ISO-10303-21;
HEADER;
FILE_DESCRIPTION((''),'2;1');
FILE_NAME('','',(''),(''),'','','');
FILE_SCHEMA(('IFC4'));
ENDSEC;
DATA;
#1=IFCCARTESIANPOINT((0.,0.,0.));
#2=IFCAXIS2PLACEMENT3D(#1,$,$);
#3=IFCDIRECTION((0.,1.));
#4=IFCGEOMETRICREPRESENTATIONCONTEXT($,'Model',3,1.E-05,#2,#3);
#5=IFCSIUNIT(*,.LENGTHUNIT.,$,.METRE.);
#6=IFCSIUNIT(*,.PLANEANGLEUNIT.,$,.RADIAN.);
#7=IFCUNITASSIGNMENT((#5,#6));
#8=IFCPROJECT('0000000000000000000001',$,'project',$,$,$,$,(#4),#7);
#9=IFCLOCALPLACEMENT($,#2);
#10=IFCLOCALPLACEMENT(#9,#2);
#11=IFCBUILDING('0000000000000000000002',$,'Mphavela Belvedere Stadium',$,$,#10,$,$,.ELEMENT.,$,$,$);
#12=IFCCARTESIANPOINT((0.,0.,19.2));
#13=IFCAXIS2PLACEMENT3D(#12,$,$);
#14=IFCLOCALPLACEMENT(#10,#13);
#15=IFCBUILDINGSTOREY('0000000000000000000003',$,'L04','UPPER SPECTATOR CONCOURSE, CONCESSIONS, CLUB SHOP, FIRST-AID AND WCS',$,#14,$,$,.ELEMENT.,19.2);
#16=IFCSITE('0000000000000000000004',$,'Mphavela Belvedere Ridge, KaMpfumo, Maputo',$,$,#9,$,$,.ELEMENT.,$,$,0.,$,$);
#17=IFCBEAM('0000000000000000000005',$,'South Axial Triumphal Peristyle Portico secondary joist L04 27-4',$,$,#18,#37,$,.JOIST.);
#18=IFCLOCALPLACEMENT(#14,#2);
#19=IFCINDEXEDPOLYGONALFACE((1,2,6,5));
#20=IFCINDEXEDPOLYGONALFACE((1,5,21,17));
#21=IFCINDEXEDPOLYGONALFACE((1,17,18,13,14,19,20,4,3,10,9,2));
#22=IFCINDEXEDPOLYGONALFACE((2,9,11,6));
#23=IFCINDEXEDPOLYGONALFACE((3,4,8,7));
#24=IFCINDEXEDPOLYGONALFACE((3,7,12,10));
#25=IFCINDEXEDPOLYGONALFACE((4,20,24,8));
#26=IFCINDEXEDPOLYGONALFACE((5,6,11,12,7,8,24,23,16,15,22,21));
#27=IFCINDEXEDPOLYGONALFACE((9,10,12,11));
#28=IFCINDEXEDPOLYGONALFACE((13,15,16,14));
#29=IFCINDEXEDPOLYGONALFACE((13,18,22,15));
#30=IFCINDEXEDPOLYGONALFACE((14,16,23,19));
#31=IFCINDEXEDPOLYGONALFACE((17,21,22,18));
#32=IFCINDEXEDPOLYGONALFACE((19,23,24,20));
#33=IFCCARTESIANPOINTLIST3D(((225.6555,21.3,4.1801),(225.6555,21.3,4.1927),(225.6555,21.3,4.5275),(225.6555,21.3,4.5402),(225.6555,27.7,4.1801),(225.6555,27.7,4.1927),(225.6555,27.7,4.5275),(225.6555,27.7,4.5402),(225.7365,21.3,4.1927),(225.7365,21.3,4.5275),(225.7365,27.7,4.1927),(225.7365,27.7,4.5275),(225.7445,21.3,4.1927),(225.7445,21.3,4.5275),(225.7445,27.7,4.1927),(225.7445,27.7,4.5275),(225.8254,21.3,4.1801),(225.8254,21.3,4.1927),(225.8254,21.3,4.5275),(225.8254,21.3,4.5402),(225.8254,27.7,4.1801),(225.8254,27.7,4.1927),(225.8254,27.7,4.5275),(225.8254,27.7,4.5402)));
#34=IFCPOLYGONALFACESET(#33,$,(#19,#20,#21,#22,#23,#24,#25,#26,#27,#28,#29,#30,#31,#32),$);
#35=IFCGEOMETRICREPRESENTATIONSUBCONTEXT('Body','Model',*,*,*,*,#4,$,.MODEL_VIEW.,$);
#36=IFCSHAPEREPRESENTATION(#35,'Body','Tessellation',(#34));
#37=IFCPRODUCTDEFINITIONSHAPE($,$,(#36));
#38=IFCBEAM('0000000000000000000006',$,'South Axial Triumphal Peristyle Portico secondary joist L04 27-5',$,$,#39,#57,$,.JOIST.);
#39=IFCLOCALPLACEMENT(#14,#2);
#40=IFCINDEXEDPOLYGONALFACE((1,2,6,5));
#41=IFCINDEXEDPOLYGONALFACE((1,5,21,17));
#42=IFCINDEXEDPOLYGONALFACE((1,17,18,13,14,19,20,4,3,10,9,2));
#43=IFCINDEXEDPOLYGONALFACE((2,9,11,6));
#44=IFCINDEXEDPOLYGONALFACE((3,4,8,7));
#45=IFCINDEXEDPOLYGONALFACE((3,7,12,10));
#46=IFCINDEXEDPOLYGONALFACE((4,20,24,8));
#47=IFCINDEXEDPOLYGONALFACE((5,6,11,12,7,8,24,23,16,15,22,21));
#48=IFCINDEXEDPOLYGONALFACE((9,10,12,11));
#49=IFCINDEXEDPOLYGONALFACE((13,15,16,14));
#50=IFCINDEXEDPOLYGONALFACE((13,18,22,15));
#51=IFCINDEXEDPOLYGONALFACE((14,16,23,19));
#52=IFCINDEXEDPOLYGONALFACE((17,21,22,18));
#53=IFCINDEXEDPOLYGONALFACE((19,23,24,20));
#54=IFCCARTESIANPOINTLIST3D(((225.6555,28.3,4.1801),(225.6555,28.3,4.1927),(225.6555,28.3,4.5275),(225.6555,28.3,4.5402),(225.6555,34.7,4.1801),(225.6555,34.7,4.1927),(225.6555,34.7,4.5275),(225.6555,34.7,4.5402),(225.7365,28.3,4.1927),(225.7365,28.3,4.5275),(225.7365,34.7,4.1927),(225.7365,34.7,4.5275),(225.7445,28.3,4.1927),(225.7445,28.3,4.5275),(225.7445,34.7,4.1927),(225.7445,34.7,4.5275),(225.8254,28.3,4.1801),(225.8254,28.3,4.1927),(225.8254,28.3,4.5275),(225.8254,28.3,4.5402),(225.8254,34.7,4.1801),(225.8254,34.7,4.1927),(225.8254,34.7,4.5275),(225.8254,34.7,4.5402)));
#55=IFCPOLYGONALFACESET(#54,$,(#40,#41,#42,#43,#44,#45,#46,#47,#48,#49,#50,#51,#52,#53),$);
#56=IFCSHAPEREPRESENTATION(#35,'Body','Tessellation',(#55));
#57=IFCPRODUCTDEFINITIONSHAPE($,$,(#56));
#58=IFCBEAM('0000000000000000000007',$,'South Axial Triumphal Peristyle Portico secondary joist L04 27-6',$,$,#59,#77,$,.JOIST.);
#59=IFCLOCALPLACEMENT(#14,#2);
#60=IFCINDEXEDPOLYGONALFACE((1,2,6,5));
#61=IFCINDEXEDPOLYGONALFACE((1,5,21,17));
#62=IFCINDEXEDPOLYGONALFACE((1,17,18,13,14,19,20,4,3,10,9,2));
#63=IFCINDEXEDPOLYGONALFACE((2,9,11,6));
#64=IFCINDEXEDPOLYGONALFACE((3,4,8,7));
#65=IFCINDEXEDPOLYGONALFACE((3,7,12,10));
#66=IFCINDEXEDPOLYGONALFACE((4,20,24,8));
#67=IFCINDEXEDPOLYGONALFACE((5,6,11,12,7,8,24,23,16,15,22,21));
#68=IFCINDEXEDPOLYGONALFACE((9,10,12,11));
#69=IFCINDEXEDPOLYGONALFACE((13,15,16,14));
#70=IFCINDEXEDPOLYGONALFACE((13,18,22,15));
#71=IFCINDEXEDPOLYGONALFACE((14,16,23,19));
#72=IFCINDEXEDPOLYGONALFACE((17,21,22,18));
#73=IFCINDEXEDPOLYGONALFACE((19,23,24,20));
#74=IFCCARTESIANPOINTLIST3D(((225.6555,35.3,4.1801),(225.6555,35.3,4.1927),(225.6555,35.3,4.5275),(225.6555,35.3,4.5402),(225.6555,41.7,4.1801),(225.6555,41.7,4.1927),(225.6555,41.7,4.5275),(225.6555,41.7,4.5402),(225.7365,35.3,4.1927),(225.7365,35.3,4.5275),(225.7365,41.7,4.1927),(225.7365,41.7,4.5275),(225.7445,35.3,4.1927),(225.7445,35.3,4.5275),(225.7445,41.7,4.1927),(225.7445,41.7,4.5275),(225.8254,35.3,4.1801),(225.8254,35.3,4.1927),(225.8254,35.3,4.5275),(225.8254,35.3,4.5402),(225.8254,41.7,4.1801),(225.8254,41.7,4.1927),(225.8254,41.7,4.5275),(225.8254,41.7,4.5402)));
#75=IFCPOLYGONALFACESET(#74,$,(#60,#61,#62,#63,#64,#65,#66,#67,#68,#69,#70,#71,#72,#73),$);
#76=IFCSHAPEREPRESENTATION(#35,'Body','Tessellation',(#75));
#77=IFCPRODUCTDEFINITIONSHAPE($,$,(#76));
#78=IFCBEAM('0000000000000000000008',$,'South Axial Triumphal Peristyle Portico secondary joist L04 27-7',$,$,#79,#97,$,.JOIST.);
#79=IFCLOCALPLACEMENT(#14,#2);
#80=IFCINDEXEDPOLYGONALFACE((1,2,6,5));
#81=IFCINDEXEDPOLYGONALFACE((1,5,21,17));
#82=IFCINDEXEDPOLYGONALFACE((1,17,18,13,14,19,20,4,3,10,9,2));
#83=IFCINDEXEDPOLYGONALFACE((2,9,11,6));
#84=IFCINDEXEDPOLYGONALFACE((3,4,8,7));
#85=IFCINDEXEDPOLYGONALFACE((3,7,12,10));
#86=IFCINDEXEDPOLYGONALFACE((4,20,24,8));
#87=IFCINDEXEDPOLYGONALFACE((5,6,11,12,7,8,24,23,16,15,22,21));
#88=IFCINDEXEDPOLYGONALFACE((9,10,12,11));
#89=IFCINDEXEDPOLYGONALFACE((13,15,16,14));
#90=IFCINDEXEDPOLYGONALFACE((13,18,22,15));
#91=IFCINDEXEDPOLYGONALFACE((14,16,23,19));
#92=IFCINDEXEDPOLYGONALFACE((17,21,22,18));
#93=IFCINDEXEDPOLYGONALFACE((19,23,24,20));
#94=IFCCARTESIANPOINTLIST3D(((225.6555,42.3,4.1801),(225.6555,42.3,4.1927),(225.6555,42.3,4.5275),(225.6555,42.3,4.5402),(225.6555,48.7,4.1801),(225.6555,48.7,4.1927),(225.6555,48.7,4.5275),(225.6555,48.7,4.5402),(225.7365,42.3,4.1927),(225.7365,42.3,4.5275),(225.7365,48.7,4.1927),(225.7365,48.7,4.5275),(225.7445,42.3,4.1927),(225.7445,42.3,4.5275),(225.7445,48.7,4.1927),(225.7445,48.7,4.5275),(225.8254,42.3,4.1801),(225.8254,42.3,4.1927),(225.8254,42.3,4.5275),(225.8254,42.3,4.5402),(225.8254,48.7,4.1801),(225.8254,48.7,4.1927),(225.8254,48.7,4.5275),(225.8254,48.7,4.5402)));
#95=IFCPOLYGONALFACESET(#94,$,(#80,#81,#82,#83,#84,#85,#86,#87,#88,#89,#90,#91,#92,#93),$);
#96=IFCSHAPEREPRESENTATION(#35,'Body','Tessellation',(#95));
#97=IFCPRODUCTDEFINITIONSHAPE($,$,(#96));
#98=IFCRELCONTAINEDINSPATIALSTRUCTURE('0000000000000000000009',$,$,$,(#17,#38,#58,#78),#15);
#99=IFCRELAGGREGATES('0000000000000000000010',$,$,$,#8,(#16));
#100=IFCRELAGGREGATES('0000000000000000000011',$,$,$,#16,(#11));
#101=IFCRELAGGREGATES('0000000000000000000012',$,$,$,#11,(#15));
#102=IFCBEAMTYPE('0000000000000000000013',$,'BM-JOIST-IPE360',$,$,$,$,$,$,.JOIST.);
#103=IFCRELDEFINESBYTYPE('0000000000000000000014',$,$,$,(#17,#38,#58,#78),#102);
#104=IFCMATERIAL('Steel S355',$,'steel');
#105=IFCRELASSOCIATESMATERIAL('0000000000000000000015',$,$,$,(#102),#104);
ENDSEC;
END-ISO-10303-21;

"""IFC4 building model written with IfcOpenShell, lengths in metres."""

from ifc_helpers import new_model, si_unit, direction, frame, origin, origin_2d, place, context, subcontext, project, spatial, i_section, extrude, material, material_profile, profile_set, type_object, element, save


model = new_model("IFC4")

# Units and contexts
model_context = context("Model", 3, precision=1e-05, world=origin(), true_north=direction((0.0, 1.0)))
body_context = subcontext(model_context, "Body", "Model", "MODEL_VIEW")
ifc_project = project(units=[si_unit("LENGTHUNIT", "METRE"), si_unit("PLANEANGLEUNIT", "RADIAN")], contexts=[model_context])

# Site, building, storey
site_placement = place(None, origin())
site = spatial("IfcSite", under=ifc_project, at=site_placement, Name="Mphavela Belvedere Ridge, KaMpfumo, Maputo", CompositionType="ELEMENT", RefElevation=0.0)
building_placement = place(site_placement, origin())
building = spatial("IfcBuilding", under=site, at=building_placement, Name="Mphavela Belvedere Stadium", CompositionType="ELEMENT")
storey_placement = place(building_placement, frame((0.0, 0.0, 19.2)))
storey = spatial("IfcBuildingStorey", under=building, at=storey_placement, Name="L04", Description="UPPER SPECTATOR CONCOURSE, CONCESSIONS, CLUB SHOP, FIRST-AID AND WCS", CompositionType="ELEMENT", Elevation=19.2)

# Beams
ifc_material_1 = material(Name="Steel S355", Category="steel")
ifc_material_profile_1 = material_profile(ifc_material_1, i_section(OverallWidth=0.1699, OverallDepth=0.3601, WebThickness=0.0081, FlangeThickness=0.0127, at=origin_2d()), Name="IPE 360")
ifc_profile_set_1 = profile_set([ifc_material_profile_1], Name="Steel S355")
beam_type_1 = type_object("IfcBeamType", Name="BM-JOIST-IPE360", PredefinedType="JOIST", material=ifc_profile_set_1)
for number, where, z_axis, x_axis, name in (
    (1, (225.7405, 21.3, 4.3601), (0.0, 1.0, 0.0), (-1.0, 0.0, 0.0), "South Axial Triumphal Peristyle Portico secondary joist L04 27-4"),
    (2, (225.7405, 28.3, 4.3601), (0.0, 1.0, 0.0), (-1.0, 0.0, 0.0), "South Axial Triumphal Peristyle Portico secondary joist L04 27-5"),
    (3, (225.7405, 35.3, 4.3601), (0.0, 1.0, 0.0), (-1.0, 0.0, 0.0), "South Axial Triumphal Peristyle Portico secondary joist L04 27-6"),
    (4, (225.7405, 42.3, 4.3601), (0.0, 1.0, 0.0), (-1.0, 0.0, 0.0), "South Axial Triumphal Peristyle Portico secondary joist L04 27-7"),
):
    element("IfcBeam", number, at=place(storey_placement, frame(where, z_axis=z_axis, x_axis=x_axis)), inside=storey, type_object=beam_type_1, Name=name, PredefinedType="JOIST", context=body_context, shape_type="SweptSolid", body=[
        extrude(i_section(OverallWidth=0.1699, OverallDepth=0.3601, WebThickness=0.0081, FlangeThickness=0.0127, at=origin_2d()), origin(), (0.0, 0.0, 1.0), 6.3999),
    ])

save(model, "model.ifc")
